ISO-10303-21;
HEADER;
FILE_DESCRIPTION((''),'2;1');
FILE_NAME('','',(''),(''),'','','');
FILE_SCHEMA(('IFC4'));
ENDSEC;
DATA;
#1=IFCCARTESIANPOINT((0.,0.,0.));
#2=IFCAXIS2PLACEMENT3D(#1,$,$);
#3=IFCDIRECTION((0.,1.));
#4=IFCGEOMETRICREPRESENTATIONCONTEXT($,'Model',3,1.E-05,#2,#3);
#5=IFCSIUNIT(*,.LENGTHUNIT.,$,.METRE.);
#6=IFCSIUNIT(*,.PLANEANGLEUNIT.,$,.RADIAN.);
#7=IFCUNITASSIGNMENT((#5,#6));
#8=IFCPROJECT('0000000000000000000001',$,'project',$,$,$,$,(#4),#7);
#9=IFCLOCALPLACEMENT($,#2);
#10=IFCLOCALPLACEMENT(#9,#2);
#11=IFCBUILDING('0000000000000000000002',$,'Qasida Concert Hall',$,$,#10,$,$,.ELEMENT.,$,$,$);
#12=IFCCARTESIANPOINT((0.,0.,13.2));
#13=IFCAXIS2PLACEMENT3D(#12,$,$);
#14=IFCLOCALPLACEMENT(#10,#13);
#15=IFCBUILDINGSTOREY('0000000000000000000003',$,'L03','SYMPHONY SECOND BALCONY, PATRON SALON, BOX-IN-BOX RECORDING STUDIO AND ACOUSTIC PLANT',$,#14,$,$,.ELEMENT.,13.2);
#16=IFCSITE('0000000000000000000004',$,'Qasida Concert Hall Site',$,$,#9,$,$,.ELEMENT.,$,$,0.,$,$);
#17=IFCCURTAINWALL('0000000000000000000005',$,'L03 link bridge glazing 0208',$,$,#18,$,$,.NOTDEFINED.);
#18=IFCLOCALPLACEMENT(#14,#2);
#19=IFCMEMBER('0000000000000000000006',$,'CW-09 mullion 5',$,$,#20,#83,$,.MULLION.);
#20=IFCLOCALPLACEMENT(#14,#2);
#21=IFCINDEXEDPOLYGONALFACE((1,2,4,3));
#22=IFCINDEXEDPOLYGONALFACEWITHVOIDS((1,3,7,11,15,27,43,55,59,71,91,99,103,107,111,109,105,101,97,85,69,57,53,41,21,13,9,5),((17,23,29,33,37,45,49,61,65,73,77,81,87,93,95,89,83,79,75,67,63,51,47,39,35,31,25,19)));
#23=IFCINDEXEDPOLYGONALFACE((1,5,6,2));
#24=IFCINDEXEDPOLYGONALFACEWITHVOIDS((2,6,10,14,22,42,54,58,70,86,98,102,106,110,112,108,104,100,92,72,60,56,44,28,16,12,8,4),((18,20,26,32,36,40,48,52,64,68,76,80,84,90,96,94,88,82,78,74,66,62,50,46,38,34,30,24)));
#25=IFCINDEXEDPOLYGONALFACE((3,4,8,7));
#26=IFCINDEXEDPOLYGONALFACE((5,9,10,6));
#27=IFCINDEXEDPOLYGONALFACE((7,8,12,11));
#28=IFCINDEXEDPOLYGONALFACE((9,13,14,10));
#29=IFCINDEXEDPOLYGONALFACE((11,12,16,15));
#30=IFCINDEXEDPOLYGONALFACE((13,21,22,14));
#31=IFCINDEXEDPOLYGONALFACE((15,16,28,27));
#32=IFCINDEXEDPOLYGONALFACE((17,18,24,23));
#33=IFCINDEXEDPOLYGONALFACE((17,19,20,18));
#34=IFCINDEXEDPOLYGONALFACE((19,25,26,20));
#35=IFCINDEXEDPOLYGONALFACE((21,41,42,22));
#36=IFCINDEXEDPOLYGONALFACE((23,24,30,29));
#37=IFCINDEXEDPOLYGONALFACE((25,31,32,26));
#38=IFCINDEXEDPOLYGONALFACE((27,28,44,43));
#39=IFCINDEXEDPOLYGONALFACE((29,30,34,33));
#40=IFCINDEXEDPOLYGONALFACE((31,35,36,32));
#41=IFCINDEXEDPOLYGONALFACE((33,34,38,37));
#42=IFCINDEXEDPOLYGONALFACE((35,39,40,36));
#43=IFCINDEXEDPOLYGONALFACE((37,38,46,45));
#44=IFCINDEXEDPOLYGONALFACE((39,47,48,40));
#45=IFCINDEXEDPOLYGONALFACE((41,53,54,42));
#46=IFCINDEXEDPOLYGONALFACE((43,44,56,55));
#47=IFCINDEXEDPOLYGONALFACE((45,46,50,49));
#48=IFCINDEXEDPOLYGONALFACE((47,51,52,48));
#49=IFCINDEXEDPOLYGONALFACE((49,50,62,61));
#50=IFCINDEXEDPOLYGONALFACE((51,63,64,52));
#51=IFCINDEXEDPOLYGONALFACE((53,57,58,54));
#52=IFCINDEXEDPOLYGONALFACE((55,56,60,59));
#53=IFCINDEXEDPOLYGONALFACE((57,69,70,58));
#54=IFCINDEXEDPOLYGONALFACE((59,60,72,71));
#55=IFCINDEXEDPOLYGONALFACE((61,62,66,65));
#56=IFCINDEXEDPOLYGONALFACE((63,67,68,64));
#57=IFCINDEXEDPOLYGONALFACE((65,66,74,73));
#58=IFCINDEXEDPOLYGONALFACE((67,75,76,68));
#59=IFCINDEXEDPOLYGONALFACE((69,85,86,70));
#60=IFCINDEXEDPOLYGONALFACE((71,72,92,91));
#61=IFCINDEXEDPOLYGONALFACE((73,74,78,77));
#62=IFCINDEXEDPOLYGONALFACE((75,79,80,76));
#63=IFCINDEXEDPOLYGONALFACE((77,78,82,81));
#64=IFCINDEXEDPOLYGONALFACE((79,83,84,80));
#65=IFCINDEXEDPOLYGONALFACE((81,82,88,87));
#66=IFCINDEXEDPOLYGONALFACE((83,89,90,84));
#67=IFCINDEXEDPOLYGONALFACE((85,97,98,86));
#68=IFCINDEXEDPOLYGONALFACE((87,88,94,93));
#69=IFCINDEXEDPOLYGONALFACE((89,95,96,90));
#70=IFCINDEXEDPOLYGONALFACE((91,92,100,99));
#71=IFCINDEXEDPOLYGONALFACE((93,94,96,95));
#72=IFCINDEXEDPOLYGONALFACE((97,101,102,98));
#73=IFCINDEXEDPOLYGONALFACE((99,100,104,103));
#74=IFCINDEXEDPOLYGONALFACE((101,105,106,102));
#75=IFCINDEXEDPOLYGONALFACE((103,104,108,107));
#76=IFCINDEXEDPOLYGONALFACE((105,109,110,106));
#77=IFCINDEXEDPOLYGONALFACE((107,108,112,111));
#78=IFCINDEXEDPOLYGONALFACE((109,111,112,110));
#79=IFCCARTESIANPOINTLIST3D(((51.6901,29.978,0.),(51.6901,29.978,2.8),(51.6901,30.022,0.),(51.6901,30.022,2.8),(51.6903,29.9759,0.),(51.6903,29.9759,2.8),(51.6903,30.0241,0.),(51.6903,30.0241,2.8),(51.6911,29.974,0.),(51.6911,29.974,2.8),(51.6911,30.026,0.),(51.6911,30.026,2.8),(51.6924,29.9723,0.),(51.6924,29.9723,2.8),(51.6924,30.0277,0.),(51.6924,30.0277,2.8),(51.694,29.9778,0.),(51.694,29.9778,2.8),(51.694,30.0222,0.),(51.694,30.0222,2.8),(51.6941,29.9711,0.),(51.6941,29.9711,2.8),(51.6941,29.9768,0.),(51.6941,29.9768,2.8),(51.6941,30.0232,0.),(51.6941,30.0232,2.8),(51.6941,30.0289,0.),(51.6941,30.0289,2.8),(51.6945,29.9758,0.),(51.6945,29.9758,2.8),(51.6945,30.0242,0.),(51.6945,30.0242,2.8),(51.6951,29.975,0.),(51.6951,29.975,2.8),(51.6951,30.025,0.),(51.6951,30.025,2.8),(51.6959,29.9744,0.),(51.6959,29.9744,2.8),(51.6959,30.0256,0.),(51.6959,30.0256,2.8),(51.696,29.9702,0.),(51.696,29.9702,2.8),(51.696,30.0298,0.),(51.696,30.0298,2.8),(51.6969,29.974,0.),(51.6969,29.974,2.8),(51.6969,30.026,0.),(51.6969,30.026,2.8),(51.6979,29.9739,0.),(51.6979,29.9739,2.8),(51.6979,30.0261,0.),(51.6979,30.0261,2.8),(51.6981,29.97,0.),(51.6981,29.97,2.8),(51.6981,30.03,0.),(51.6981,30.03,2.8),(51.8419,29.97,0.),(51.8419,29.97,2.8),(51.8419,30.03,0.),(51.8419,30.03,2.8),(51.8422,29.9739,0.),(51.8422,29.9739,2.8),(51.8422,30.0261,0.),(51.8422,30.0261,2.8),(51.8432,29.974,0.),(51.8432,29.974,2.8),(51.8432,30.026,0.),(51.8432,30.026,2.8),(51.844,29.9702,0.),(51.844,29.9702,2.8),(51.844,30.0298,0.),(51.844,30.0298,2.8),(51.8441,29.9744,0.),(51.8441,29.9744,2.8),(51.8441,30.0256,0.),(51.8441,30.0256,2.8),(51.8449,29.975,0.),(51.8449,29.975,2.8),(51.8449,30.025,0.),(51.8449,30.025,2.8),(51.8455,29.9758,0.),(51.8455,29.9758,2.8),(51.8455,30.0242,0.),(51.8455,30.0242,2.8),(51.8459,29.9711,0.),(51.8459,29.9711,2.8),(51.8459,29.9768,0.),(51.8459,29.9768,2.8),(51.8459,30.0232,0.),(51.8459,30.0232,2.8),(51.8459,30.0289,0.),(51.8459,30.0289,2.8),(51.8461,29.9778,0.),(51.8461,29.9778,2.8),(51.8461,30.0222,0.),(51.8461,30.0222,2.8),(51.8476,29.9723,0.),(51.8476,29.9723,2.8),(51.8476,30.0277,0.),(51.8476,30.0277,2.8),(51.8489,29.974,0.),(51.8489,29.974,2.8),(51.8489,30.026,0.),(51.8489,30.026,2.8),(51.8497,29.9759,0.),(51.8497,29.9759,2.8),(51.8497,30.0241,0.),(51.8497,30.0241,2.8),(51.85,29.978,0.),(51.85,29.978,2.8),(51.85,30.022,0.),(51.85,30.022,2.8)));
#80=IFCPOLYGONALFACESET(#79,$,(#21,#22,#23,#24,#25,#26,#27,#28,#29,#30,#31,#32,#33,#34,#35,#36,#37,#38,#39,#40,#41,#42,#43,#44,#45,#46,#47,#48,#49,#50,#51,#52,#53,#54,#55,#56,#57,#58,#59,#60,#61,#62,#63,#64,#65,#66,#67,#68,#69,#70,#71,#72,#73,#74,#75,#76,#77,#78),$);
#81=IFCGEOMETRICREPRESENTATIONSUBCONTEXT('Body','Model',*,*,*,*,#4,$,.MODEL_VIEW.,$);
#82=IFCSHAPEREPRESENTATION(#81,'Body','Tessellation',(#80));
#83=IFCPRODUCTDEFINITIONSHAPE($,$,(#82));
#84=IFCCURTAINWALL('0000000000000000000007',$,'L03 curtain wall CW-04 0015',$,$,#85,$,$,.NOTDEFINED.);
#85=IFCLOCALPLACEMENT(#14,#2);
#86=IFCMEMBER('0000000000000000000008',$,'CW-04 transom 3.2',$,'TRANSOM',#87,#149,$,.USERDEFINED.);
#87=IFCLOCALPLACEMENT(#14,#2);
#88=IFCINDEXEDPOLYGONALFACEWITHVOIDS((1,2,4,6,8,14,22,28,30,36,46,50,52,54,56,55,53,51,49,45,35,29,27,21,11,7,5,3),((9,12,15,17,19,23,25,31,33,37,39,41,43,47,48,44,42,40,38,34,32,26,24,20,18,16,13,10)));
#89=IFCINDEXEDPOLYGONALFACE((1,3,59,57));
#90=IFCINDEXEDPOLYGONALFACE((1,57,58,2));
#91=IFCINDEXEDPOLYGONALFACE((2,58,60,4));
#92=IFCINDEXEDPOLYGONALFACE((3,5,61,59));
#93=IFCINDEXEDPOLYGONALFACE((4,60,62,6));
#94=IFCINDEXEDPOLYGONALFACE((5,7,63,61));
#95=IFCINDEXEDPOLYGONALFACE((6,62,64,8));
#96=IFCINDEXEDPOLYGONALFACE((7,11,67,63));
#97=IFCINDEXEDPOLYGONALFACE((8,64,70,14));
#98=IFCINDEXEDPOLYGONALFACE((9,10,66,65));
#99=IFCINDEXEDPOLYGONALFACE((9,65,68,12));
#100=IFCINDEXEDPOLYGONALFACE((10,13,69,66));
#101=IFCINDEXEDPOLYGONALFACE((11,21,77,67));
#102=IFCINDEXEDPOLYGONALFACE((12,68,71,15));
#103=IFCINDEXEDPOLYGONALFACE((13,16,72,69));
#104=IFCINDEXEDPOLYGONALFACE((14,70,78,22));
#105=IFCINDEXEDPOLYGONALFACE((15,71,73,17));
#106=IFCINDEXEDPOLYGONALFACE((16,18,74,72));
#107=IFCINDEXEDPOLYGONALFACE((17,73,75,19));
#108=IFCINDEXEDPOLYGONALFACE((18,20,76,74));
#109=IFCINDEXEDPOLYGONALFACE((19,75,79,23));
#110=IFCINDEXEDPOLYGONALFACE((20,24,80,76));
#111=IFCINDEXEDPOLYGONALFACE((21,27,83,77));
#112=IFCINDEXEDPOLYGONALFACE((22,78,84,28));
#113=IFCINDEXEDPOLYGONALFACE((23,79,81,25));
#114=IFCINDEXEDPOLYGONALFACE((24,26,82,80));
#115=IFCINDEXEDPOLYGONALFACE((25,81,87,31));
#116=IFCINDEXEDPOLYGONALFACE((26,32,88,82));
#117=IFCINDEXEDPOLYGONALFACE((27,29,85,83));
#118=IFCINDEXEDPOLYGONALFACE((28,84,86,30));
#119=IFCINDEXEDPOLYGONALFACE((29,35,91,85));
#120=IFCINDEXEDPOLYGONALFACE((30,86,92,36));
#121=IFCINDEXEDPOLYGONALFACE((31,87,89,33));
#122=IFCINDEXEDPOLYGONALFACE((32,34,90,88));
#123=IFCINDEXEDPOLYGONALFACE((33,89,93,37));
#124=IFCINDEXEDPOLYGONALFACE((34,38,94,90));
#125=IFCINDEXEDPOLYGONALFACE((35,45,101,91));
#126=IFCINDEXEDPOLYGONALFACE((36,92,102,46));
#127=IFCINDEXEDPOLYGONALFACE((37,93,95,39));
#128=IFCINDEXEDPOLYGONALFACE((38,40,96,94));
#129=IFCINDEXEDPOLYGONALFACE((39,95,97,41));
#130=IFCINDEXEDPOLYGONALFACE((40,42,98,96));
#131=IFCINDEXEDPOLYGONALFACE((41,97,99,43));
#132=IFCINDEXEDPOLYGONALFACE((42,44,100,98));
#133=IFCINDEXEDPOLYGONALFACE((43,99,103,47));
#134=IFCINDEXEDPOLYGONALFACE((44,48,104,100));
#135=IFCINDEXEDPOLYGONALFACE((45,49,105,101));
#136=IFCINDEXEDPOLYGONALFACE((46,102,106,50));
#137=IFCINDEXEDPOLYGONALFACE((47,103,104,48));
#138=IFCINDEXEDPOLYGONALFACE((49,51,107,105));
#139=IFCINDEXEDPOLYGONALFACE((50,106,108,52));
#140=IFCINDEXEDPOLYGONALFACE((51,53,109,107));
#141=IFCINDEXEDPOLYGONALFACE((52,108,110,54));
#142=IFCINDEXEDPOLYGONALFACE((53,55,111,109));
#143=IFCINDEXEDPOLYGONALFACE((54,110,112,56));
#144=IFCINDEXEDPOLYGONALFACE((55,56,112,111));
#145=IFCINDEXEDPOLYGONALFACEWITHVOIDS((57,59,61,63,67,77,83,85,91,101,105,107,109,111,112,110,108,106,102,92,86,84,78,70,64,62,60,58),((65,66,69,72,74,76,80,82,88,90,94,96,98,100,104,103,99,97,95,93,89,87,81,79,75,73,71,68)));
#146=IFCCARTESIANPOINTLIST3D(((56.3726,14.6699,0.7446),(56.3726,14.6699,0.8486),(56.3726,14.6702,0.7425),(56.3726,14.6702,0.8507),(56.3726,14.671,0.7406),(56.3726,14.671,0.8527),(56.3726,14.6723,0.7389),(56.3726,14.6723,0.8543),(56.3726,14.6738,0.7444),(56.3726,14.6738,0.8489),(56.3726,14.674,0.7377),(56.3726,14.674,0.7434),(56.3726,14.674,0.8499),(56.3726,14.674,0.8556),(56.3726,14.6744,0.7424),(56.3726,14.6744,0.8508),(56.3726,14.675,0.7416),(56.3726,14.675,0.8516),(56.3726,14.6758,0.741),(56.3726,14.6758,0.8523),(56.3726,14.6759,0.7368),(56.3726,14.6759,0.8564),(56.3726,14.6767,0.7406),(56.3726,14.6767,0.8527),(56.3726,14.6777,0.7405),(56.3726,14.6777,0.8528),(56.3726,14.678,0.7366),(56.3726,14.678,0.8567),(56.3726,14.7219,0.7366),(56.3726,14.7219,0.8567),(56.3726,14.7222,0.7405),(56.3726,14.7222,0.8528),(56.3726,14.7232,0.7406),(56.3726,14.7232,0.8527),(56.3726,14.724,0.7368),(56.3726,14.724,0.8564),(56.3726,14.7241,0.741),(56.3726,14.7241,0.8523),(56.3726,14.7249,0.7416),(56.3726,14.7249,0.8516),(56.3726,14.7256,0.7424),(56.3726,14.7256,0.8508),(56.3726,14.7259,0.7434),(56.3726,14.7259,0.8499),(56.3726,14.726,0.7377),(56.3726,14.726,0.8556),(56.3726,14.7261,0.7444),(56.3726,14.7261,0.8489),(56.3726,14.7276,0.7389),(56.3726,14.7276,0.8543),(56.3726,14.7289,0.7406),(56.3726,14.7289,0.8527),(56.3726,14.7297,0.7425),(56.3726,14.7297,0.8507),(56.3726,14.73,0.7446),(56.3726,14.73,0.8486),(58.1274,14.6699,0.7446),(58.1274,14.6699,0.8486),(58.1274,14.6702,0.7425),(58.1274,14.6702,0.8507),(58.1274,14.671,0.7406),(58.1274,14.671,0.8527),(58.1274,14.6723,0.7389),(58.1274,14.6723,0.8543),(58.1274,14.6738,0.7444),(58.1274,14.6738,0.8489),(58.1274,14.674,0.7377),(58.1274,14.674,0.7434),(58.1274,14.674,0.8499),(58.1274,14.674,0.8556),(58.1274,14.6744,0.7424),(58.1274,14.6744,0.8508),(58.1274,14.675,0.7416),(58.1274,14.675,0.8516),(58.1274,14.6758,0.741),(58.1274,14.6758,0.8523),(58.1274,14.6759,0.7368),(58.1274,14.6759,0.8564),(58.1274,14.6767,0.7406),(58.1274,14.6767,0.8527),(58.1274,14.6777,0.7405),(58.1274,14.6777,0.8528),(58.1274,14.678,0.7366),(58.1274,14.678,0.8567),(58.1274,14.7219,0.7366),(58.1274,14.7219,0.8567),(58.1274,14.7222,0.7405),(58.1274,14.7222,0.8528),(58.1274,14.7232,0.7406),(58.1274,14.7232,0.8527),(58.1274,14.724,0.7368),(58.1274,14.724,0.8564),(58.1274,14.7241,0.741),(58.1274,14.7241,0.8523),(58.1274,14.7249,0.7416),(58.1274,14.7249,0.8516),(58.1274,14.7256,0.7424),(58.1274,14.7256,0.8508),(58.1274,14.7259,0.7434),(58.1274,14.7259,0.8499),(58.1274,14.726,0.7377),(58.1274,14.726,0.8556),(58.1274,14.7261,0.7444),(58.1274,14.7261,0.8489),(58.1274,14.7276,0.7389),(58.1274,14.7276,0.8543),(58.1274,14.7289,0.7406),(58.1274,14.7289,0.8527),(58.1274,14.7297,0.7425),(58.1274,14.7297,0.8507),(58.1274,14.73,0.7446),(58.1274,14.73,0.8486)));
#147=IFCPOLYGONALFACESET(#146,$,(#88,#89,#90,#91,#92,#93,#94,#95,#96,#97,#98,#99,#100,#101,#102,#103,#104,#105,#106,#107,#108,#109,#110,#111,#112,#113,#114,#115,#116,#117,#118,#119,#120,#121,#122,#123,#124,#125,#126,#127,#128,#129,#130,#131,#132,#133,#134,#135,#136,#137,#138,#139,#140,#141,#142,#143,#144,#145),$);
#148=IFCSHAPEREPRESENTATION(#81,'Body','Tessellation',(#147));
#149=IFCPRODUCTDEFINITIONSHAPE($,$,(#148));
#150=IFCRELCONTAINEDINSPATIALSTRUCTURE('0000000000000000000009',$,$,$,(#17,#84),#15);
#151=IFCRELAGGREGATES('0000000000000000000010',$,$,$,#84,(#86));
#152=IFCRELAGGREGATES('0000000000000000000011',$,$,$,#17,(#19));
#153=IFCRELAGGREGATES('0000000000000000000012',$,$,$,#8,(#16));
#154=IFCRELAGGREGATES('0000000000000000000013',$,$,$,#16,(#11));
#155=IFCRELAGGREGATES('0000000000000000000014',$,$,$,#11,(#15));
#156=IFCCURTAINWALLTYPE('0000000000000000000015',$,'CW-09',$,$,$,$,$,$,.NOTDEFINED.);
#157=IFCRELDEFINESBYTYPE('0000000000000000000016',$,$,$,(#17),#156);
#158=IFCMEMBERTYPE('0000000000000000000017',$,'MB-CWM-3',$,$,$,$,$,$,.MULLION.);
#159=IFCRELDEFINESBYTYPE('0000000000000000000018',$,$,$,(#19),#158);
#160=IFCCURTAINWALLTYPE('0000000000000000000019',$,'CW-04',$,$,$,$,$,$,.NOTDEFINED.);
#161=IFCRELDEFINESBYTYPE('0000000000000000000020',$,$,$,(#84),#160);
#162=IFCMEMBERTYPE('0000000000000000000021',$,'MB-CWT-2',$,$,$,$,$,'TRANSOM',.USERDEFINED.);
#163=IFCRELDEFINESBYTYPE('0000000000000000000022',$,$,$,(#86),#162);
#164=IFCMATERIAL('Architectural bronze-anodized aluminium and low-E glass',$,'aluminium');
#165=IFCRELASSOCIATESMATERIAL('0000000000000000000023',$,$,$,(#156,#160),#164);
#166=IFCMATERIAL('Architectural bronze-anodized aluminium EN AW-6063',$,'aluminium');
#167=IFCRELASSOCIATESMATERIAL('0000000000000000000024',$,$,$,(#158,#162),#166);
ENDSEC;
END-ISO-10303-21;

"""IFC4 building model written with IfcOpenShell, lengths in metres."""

from ifc_helpers import new_model, si_unit, direction, frame, origin, origin_2d, place, context, subcontext, project, spatial, hollow_rectangle, extrude, material, material_profile, profile_set, type_object, element, aggregate, save


model = new_model("IFC4")

# Units and contexts
model_context = context("Model", 3, precision=1e-05, world=origin(), true_north=direction((0.0, 1.0)))
body_context = subcontext(model_context, "Body", "Model", "MODEL_VIEW")
ifc_project = project(units=[si_unit("LENGTHUNIT", "METRE"), si_unit("PLANEANGLEUNIT", "RADIAN")], contexts=[model_context])

# Site, building, storey
site_placement = place(None, origin())
site = spatial("IfcSite", under=ifc_project, at=site_placement, Name="Qasida Concert Hall Site", CompositionType="ELEMENT", RefElevation=0.0)
building_placement = place(site_placement, origin())
building = spatial("IfcBuilding", under=site, at=building_placement, Name="Qasida Concert Hall", CompositionType="ELEMENT")
storey_placement = place(building_placement, frame((0.0, 0.0, 13.2)))
storey = spatial("IfcBuildingStorey", under=building, at=storey_placement, Name="L03", Description="SYMPHONY SECOND BALCONY, PATRON SALON, BOX-IN-BOX RECORDING STUDIO AND ACOUSTIC PLANT", CompositionType="ELEMENT", Elevation=13.2)

# Curtain walls, members
ifc_material_1 = material(Name="Architectural bronze-anodized aluminium and low-E glass", Category="aluminium")
curtain_wall_type_1 = type_object("IfcCurtainWallType", Name="CW-09", PredefinedType="NOTDEFINED", material=ifc_material_1)
curtain_wall_1_placement = place(storey_placement, origin())
curtain_wall_1 = element("IfcCurtainWall", 1, at=curtain_wall_1_placement, inside=storey, type_object=curtain_wall_type_1, Name="L03 link bridge glazing 0208", PredefinedType="NOTDEFINED")
ifc_material_2 = material(Name="Architectural bronze-anodized aluminium EN AW-6063", Category="aluminium")
ifc_material_profile_1 = material_profile(ifc_material_2, hollow_rectangle(XDim=0.0601, YDim=0.1599, WallThickness=0.0039, InnerFilletRadius=0.0039, OuterFilletRadius=0.0081, at=origin_2d()), Name="CWM 160x60x4")
ifc_profile_set_1 = profile_set([ifc_material_profile_1], Name="Architectural bronze-anodized aluminium EN AW-6063")
member_type_1 = type_object("IfcMemberType", Name="MB-CWM-3", PredefinedType="MULLION", material=ifc_profile_set_1)
member_1_placement = place(storey_placement, frame((51.77, 30.0, 0.0), z_axis=(0.0, 0.0, 1.0), x_axis=(0.0, 1.0, 0.0)))
member_1 = element("IfcMember", 2, at=member_1_placement, type_object=member_type_1, Name="CW-09 mullion 5", PredefinedType="MULLION", context=body_context, shape_type="SweptSolid", body=[
    extrude(hollow_rectangle(XDim=0.0601, YDim=0.1599, WallThickness=0.0039, InnerFilletRadius=0.0039, OuterFilletRadius=0.0081, at=origin_2d()), origin(), (0.0, 0.0, 1.0), 2.8),
])
curtain_wall_type_2 = type_object("IfcCurtainWallType", Name="CW-04", PredefinedType="NOTDEFINED", material=ifc_material_1)
curtain_wall_2_placement = place(storey_placement, origin())
curtain_wall_2 = element("IfcCurtainWall", 3, at=curtain_wall_2_placement, inside=storey, type_object=curtain_wall_type_2, Name="L03 curtain wall CW-04 0015", PredefinedType="NOTDEFINED")
ifc_material_profile_2 = material_profile(ifc_material_2, hollow_rectangle(XDim=0.0601, YDim=0.1201, WallThickness=0.0039, InnerFilletRadius=0.0039, OuterFilletRadius=0.0081, at=origin_2d()), Name="CWT 120x60x4")
ifc_profile_set_2 = profile_set([ifc_material_profile_2], Name="Architectural bronze-anodized aluminium EN AW-6063")
member_type_2 = type_object("IfcMemberType", Name="MB-CWT-2", ElementType="TRANSOM", PredefinedType="USERDEFINED", material=ifc_profile_set_2)
member_2_placement = place(storey_placement, frame((56.3726, 14.7, 0.7966), z_axis=(1.0, 0.0, 0.0), x_axis=(0.0, 1.0, 0.0)))
member_2 = element("IfcMember", 4, at=member_2_placement, type_object=member_type_2, Name="CW-04 transom 3.2", ObjectType="TRANSOM", PredefinedType="USERDEFINED", context=body_context, shape_type="SweptSolid", body=[
    extrude(hollow_rectangle(XDim=0.0601, YDim=0.1201, WallThickness=0.0039, InnerFilletRadius=0.0039, OuterFilletRadius=0.0081, at=origin_2d()), origin(), (0.0, 0.0, 1.0), 1.7549),
])
aggregate(curtain_wall_2, [member_2])

aggregate(curtain_wall_1, [member_1])

save(model, "model.ifc")
